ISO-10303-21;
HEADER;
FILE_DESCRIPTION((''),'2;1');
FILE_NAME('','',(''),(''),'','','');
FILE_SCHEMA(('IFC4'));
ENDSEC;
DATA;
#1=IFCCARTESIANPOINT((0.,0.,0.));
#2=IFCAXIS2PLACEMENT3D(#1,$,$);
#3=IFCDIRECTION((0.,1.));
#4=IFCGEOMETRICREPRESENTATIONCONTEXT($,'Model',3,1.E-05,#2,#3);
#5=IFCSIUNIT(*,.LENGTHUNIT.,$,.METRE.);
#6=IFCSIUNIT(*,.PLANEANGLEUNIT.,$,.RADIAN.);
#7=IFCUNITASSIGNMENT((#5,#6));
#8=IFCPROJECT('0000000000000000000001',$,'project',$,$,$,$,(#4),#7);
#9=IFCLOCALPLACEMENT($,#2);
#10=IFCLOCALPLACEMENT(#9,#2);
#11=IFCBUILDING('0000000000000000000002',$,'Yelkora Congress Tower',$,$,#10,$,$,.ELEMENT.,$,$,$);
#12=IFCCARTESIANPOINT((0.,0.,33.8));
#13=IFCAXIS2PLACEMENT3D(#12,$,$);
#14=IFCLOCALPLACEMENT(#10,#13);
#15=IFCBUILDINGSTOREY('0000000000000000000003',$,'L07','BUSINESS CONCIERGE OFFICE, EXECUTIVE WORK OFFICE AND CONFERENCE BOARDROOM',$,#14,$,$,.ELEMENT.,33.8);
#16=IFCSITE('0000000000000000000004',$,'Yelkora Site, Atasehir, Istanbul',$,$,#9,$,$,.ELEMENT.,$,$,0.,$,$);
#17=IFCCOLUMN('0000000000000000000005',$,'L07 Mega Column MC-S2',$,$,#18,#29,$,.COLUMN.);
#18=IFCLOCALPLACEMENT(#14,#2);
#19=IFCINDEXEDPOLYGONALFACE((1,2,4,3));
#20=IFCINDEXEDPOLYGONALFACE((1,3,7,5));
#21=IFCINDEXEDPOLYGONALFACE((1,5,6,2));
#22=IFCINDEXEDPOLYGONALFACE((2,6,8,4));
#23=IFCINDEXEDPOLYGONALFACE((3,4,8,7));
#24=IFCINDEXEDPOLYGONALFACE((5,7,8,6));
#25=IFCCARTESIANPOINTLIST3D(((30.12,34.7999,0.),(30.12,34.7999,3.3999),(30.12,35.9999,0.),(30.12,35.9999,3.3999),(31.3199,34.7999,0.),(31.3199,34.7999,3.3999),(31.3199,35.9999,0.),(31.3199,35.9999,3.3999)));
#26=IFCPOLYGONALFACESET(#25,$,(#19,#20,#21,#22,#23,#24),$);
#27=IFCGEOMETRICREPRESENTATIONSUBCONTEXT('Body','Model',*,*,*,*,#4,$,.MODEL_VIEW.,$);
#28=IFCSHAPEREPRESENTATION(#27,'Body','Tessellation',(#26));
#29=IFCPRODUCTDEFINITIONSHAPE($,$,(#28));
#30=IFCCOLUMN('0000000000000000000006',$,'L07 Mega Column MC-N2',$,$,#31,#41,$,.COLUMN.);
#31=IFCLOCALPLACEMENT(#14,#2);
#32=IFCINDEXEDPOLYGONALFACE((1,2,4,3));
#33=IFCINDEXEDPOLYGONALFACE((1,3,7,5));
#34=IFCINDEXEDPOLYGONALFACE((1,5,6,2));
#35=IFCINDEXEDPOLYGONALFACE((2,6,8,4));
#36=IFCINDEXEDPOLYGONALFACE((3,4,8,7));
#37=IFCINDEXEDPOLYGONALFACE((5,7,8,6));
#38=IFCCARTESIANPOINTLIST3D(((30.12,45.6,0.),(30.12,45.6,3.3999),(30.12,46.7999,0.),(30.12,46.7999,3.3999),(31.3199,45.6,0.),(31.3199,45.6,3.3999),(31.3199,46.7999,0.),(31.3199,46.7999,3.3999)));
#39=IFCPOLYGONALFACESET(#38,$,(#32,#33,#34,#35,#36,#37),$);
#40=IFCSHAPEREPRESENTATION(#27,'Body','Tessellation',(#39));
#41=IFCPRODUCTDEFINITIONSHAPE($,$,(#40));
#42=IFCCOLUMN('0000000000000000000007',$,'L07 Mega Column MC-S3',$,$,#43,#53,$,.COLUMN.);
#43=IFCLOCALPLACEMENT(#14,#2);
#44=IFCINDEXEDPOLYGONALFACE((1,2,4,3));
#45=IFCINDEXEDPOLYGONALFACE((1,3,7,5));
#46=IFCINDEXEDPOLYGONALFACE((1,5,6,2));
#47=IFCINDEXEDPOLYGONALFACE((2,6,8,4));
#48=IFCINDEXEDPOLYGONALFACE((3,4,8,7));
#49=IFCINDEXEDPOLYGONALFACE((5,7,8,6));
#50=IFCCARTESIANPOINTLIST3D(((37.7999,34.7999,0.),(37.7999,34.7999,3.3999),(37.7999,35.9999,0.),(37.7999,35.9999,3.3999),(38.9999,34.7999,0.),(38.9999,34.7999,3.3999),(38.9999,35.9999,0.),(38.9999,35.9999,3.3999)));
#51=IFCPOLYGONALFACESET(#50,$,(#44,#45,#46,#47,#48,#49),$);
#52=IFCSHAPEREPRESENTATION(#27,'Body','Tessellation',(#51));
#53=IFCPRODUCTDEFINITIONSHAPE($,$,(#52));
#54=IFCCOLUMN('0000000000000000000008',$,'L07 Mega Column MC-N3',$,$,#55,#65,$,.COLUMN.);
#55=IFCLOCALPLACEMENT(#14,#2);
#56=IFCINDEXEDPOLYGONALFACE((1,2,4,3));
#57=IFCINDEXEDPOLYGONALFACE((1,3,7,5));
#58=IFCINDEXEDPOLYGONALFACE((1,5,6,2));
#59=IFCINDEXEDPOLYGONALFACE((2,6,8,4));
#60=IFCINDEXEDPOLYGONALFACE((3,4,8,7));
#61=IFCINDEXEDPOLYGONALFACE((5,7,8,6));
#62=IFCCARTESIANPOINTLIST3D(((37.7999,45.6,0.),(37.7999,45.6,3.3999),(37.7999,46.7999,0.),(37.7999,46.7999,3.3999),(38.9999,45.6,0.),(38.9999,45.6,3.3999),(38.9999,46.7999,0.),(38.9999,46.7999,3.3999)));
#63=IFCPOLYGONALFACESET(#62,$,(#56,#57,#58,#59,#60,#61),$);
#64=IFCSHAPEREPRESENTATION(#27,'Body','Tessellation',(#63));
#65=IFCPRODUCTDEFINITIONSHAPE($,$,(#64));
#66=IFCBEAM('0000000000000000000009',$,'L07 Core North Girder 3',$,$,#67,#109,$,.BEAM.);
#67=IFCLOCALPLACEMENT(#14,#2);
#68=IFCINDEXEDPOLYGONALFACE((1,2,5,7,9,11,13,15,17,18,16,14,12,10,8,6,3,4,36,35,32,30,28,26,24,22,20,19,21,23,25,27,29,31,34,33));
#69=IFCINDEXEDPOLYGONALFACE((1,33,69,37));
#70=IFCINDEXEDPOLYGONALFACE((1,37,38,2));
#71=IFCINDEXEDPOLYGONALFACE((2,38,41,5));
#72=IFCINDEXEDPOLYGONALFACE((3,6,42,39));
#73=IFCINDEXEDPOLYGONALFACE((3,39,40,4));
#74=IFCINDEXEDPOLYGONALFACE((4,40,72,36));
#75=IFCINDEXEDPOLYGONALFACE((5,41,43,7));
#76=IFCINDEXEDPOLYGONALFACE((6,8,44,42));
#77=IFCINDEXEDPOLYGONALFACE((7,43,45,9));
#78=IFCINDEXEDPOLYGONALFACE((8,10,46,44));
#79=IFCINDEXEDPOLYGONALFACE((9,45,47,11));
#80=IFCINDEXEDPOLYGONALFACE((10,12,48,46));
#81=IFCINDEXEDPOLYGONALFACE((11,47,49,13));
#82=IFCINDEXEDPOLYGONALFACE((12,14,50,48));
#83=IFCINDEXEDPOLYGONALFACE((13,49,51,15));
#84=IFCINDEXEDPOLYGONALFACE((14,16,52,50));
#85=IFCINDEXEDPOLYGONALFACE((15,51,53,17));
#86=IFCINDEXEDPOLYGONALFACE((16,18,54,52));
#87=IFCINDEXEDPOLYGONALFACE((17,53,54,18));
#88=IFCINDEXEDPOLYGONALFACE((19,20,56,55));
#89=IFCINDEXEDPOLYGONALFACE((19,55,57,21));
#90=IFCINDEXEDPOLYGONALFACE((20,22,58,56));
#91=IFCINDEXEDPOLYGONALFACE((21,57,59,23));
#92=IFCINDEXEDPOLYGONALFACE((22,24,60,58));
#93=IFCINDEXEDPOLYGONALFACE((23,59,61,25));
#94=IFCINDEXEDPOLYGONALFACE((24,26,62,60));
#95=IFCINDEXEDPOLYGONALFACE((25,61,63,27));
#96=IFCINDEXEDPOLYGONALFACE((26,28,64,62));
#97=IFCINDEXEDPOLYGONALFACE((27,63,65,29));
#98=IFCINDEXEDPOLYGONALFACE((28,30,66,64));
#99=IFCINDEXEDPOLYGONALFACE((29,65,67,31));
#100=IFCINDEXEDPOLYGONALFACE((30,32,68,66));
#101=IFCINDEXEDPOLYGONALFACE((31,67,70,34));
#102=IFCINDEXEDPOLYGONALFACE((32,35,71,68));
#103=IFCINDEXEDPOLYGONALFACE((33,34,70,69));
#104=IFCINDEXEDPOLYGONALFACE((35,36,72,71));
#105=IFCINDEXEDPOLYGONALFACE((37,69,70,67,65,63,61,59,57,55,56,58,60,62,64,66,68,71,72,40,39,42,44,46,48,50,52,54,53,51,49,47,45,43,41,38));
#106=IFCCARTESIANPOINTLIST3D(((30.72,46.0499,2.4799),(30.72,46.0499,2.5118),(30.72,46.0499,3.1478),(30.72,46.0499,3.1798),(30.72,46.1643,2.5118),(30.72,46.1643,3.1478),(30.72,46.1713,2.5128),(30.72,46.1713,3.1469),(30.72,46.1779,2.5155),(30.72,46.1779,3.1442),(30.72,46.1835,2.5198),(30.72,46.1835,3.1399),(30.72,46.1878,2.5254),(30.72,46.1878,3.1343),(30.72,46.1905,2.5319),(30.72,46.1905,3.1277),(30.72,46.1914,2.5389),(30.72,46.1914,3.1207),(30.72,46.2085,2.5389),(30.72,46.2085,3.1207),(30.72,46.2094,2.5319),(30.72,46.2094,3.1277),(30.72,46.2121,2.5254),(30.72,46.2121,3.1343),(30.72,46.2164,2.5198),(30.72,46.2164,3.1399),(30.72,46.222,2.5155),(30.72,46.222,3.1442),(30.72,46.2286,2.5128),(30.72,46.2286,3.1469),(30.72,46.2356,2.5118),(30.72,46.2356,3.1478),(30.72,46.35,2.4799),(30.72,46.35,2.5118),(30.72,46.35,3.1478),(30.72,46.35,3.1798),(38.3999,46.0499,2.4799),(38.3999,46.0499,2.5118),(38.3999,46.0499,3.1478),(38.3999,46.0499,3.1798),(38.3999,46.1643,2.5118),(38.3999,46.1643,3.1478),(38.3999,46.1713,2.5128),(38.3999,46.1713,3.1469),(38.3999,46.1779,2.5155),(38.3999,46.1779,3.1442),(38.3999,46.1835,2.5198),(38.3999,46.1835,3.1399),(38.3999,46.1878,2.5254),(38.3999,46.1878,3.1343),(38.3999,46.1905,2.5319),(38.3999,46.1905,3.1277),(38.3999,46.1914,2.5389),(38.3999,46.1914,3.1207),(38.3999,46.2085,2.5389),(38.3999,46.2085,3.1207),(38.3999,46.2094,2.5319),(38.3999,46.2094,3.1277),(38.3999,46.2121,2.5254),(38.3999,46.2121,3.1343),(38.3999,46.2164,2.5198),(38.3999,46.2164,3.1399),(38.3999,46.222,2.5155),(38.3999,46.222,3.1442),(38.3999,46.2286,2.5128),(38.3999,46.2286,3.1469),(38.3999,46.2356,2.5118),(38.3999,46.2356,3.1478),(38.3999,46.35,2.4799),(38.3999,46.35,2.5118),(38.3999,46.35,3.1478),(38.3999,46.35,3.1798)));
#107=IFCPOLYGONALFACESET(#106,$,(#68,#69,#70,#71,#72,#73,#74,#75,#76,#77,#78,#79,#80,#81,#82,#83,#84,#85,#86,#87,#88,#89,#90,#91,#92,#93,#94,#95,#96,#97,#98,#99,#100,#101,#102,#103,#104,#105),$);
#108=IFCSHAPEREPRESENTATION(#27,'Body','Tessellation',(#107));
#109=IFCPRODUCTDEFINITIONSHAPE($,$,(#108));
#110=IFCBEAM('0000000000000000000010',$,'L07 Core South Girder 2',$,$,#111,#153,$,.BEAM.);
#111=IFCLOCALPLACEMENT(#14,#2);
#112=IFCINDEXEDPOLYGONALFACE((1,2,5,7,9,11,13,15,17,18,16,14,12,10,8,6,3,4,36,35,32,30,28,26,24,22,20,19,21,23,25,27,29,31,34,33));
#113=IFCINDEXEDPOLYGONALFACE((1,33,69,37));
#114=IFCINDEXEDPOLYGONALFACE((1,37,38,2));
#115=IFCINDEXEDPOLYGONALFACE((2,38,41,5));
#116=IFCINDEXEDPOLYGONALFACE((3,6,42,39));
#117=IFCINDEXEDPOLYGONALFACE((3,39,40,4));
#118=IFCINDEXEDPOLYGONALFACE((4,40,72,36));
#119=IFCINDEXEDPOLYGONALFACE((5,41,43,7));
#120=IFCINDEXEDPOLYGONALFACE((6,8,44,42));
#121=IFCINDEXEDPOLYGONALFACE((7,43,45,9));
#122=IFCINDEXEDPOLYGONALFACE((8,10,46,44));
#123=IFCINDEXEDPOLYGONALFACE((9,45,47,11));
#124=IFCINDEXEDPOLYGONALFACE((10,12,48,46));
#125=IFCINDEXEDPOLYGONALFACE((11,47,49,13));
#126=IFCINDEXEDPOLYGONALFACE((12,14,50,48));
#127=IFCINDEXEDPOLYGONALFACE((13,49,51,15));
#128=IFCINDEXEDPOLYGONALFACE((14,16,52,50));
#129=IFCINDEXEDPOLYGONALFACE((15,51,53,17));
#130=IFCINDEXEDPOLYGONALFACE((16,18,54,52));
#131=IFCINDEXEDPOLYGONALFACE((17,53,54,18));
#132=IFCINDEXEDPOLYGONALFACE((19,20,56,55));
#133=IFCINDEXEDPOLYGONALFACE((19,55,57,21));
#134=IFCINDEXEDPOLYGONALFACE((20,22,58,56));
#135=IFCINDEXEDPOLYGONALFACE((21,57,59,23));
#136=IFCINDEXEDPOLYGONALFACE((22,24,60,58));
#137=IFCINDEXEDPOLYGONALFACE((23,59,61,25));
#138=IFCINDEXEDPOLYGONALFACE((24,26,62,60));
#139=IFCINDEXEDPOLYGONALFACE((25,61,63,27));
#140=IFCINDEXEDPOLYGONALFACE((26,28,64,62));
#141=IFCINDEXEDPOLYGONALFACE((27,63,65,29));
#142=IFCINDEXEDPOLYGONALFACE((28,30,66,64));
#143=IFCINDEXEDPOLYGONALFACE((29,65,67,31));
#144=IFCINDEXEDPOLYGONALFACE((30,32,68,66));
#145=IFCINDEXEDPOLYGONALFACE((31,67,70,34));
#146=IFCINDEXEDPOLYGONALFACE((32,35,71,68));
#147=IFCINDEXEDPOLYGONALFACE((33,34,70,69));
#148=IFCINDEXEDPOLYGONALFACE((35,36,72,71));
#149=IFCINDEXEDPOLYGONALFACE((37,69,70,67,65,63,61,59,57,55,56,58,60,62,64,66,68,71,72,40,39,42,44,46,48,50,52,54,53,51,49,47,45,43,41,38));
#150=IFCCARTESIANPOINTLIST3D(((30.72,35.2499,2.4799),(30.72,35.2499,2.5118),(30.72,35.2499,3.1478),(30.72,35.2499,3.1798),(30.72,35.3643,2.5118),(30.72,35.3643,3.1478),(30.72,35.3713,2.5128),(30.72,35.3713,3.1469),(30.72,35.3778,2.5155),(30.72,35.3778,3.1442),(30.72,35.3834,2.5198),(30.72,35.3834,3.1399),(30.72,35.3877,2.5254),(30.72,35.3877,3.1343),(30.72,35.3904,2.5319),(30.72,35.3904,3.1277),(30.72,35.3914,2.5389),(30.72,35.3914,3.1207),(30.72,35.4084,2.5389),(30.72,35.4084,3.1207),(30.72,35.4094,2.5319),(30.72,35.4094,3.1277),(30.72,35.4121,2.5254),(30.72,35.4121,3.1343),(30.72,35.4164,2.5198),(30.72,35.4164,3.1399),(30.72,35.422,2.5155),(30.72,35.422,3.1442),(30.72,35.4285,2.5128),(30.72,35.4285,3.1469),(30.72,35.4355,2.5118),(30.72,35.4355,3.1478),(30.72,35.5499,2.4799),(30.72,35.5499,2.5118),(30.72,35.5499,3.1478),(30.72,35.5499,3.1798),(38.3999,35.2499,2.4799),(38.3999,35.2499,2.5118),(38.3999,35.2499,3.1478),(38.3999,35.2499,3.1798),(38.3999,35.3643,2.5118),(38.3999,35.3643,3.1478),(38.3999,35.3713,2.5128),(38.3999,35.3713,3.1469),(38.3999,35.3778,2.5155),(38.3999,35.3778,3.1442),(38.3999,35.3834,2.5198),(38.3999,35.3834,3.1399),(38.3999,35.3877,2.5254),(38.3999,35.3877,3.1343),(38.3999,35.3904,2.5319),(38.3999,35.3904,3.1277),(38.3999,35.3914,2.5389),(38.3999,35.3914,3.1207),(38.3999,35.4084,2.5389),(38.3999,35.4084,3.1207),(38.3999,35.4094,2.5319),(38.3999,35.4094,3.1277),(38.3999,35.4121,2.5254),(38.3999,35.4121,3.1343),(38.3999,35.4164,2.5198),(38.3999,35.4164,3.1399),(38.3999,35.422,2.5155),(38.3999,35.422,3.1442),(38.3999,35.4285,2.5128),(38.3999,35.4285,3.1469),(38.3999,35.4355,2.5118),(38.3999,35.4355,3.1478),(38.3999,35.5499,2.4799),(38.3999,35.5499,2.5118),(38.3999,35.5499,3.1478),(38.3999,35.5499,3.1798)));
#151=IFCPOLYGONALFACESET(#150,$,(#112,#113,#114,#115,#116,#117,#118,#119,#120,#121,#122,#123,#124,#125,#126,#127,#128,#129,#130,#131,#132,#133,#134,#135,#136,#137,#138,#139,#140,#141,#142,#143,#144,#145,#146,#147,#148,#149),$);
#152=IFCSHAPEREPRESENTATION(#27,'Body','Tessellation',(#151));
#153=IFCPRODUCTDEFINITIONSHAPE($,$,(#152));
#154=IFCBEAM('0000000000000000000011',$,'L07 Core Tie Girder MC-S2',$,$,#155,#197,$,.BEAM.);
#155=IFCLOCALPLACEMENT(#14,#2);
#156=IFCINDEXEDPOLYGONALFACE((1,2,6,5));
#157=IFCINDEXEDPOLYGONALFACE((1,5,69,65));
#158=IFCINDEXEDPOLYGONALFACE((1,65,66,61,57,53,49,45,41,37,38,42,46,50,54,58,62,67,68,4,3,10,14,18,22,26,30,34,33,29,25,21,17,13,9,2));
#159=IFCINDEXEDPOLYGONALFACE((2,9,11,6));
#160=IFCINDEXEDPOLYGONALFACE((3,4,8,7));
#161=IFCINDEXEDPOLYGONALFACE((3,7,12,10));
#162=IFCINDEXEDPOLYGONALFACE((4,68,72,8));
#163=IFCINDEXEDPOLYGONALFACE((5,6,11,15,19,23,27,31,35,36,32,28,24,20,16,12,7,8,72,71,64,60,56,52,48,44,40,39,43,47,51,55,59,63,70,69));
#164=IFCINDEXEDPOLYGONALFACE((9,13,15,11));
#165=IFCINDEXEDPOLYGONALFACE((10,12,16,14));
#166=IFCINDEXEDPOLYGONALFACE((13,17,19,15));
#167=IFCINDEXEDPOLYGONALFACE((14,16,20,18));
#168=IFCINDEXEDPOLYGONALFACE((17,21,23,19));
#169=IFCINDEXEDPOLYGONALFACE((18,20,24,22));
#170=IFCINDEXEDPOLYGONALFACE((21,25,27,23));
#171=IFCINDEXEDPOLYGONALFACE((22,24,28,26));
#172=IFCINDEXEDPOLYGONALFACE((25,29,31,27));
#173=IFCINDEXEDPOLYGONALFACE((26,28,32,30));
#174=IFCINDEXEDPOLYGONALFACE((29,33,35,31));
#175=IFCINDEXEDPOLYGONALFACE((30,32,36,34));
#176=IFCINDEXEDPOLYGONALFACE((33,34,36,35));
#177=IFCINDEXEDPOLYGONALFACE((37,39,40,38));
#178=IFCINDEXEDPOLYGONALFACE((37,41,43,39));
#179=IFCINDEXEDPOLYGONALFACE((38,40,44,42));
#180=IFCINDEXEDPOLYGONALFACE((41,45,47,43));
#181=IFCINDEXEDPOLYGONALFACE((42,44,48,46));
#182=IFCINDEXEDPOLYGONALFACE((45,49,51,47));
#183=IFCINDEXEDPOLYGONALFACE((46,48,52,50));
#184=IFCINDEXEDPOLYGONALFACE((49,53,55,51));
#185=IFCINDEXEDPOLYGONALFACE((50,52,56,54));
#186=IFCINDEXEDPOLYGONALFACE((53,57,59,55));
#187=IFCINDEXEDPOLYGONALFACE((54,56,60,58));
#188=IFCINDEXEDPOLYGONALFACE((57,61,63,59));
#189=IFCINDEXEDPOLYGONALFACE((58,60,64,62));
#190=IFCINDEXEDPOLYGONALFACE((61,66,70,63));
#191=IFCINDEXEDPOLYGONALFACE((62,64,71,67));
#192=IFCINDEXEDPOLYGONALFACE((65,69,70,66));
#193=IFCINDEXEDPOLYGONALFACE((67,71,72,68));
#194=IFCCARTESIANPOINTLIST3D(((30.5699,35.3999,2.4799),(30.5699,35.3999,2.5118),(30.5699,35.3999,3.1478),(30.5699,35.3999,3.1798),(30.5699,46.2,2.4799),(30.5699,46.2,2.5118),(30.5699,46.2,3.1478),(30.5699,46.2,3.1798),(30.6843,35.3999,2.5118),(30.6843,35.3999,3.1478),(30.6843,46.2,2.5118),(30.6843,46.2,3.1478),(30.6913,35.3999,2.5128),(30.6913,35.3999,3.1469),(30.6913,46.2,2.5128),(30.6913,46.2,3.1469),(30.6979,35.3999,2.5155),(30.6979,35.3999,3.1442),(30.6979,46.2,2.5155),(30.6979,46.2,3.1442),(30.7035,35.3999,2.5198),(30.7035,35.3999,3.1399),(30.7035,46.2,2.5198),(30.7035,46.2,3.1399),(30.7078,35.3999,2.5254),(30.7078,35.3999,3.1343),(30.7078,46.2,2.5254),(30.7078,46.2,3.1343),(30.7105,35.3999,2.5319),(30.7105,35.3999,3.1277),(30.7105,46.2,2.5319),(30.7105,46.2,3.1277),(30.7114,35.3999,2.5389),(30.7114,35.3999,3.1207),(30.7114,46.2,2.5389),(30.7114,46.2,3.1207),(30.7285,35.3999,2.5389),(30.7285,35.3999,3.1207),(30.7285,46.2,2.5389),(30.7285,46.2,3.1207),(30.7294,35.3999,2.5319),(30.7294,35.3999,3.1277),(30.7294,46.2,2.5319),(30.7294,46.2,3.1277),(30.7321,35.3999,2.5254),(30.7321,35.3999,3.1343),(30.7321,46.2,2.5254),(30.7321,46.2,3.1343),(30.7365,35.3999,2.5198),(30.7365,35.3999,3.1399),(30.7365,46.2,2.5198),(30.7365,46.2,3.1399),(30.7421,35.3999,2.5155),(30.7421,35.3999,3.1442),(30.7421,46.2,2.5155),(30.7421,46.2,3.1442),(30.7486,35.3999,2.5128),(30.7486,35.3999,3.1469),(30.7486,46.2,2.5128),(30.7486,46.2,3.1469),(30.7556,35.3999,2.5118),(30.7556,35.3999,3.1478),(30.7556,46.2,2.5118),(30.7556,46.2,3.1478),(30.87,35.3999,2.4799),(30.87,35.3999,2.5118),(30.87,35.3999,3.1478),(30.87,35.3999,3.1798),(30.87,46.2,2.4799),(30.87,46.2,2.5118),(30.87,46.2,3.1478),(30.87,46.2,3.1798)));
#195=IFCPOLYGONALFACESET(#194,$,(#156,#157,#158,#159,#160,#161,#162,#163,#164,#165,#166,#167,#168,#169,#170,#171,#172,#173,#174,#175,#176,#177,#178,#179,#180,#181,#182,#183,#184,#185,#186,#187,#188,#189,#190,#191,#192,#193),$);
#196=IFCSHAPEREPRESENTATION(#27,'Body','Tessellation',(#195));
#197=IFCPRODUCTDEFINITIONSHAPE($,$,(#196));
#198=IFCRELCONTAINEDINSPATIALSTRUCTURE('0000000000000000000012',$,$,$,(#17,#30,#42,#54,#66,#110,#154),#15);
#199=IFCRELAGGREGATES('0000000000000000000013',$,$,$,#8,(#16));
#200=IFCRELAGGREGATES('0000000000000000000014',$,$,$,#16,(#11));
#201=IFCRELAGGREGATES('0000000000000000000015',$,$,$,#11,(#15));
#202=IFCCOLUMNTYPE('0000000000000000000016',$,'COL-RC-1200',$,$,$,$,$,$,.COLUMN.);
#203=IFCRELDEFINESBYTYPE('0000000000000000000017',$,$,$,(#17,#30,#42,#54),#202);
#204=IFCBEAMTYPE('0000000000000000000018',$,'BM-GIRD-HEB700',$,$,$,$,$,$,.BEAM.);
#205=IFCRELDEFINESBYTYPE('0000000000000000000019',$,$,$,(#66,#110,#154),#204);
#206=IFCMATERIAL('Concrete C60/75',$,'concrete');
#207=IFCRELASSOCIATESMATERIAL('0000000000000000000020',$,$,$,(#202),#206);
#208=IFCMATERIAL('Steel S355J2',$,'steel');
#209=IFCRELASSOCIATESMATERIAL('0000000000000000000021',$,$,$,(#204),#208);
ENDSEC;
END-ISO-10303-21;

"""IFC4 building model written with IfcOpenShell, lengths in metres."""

from ifc_helpers import new_model, si_unit, direction, frame, origin, origin_2d, place, context, subcontext, project, spatial, rectangle, i_section, extrude, material, material_profile, profile_set, type_object, element, save


model = new_model("IFC4")

# Units and contexts
model_context = context("Model", 3, precision=1e-05, world=origin(), true_north=direction((0.0, 1.0)))
body_context = subcontext(model_context, "Body", "Model", "MODEL_VIEW")
ifc_project = project(units=[si_unit("LENGTHUNIT", "METRE"), si_unit("PLANEANGLEUNIT", "RADIAN")], contexts=[model_context])

# Site, building, storey
site_placement = place(None, origin())
site = spatial("IfcSite", under=ifc_project, at=site_placement, Name="Yelkora Site, Atasehir, Istanbul", CompositionType="ELEMENT", RefElevation=0.0)
building_placement = place(site_placement, origin())
building = spatial("IfcBuilding", under=site, at=building_placement, Name="Yelkora Congress Tower", CompositionType="ELEMENT")
storey_placement = place(building_placement, frame((0.0, 0.0, 33.8)))
storey = spatial("IfcBuildingStorey", under=building, at=storey_placement, Name="L07", Description="BUSINESS CONCIERGE OFFICE, EXECUTIVE WORK OFFICE AND CONFERENCE BOARDROOM", CompositionType="ELEMENT", Elevation=33.8)

# Columns
ifc_material_1 = material(Name="Concrete C60/75", Category="concrete")
ifc_material_profile_1 = material_profile(ifc_material_1, rectangle(XDim=1.2, YDim=1.2, at=origin_2d()), Name="RC 1200x1200")
ifc_profile_set_1 = profile_set([ifc_material_profile_1], Name="Concrete C60/75")
column_type = type_object("IfcColumnType", Name="COL-RC-1200", PredefinedType="COLUMN", material=ifc_profile_set_1)
for number, where, z_axis, x_axis, name in (
    (1, (30.72, 35.3999, 0.0), (0.0, 0.0, 1.0), (1.0, 0.0, 0.0), "L07 Mega Column MC-S2"),
    (2, (30.72, 46.2, 0.0), (0.0, 0.0, 1.0), (1.0, 0.0, 0.0), "L07 Mega Column MC-N2"),
    (3, (38.3999, 35.3999, 0.0), (0.0, 0.0, 1.0), (1.0, 0.0, 0.0), "L07 Mega Column MC-S3"),
    (4, (38.3999, 46.2, 0.0), (0.0, 0.0, 1.0), (1.0, 0.0, 0.0), "L07 Mega Column MC-N3"),
):
    element("IfcColumn", number, at=place(storey_placement, frame(where, z_axis=z_axis, x_axis=x_axis)), inside=storey, type_object=column_type, Name=name, PredefinedType="COLUMN", context=body_context, shape_type="SweptSolid", body=[
        extrude(rectangle(XDim=1.2, YDim=1.2, at=origin_2d()), origin(), (0.0, 0.0, 1.0), 3.3999),
    ])

# Beams
ifc_material_2 = material(Name="Steel S355J2", Category="steel")
ifc_material_profile_2 = material_profile(ifc_material_2, i_section(OverallWidth=0.3, OverallDepth=0.7, WebThickness=0.0171, FlangeThickness=0.032, FilletRadius=0.0271, at=origin_2d()), Name="HEB 700")
ifc_profile_set_2 = profile_set([ifc_material_profile_2], Name="Steel S355J2")
beam_type = type_object("IfcBeamType", Name="BM-GIRD-HEB700", PredefinedType="BEAM", material=ifc_profile_set_2)
for number, where, z_axis, x_axis, name in (
    (5, (30.72, 46.2, 2.8298), (1.0, 0.0, 0.0), (0.0, 1.0, 0.0), "L07 Core North Girder 3"),
    (6, (30.72, 35.3999, 2.8298), (1.0, 0.0, 0.0), (0.0, 1.0, 0.0), "L07 Core South Girder 2"),
):
    element("IfcBeam", number, at=place(storey_placement, frame(where, z_axis=z_axis, x_axis=x_axis)), inside=storey, type_object=beam_type, Name=name, PredefinedType="BEAM", context=body_context, shape_type="SweptSolid", body=[
        extrude(i_section(OverallWidth=0.3, OverallDepth=0.7, WebThickness=0.0171, FlangeThickness=0.032, FilletRadius=0.0271, at=origin_2d()), origin(), (0.0, 0.0, 1.0), 7.6799),
    ])
beam_placement = place(storey_placement, frame((30.72, 35.3999, 2.8298), z_axis=(0.0, 1.0, 0.0), x_axis=(-1.0, 0.0, 0.0)))
element("IfcBeam", 7, at=beam_placement, inside=storey, type_object=beam_type, Name="L07 Core Tie Girder MC-S2", PredefinedType="BEAM", context=body_context, shape_type="SweptSolid", body=[
    extrude(i_section(OverallWidth=0.3, OverallDepth=0.7, WebThickness=0.0171, FlangeThickness=0.032, FilletRadius=0.0271, at=origin_2d()), origin(), (0.0, 0.0, 1.0), 10.8),
])

save(model, "model.ifc")
